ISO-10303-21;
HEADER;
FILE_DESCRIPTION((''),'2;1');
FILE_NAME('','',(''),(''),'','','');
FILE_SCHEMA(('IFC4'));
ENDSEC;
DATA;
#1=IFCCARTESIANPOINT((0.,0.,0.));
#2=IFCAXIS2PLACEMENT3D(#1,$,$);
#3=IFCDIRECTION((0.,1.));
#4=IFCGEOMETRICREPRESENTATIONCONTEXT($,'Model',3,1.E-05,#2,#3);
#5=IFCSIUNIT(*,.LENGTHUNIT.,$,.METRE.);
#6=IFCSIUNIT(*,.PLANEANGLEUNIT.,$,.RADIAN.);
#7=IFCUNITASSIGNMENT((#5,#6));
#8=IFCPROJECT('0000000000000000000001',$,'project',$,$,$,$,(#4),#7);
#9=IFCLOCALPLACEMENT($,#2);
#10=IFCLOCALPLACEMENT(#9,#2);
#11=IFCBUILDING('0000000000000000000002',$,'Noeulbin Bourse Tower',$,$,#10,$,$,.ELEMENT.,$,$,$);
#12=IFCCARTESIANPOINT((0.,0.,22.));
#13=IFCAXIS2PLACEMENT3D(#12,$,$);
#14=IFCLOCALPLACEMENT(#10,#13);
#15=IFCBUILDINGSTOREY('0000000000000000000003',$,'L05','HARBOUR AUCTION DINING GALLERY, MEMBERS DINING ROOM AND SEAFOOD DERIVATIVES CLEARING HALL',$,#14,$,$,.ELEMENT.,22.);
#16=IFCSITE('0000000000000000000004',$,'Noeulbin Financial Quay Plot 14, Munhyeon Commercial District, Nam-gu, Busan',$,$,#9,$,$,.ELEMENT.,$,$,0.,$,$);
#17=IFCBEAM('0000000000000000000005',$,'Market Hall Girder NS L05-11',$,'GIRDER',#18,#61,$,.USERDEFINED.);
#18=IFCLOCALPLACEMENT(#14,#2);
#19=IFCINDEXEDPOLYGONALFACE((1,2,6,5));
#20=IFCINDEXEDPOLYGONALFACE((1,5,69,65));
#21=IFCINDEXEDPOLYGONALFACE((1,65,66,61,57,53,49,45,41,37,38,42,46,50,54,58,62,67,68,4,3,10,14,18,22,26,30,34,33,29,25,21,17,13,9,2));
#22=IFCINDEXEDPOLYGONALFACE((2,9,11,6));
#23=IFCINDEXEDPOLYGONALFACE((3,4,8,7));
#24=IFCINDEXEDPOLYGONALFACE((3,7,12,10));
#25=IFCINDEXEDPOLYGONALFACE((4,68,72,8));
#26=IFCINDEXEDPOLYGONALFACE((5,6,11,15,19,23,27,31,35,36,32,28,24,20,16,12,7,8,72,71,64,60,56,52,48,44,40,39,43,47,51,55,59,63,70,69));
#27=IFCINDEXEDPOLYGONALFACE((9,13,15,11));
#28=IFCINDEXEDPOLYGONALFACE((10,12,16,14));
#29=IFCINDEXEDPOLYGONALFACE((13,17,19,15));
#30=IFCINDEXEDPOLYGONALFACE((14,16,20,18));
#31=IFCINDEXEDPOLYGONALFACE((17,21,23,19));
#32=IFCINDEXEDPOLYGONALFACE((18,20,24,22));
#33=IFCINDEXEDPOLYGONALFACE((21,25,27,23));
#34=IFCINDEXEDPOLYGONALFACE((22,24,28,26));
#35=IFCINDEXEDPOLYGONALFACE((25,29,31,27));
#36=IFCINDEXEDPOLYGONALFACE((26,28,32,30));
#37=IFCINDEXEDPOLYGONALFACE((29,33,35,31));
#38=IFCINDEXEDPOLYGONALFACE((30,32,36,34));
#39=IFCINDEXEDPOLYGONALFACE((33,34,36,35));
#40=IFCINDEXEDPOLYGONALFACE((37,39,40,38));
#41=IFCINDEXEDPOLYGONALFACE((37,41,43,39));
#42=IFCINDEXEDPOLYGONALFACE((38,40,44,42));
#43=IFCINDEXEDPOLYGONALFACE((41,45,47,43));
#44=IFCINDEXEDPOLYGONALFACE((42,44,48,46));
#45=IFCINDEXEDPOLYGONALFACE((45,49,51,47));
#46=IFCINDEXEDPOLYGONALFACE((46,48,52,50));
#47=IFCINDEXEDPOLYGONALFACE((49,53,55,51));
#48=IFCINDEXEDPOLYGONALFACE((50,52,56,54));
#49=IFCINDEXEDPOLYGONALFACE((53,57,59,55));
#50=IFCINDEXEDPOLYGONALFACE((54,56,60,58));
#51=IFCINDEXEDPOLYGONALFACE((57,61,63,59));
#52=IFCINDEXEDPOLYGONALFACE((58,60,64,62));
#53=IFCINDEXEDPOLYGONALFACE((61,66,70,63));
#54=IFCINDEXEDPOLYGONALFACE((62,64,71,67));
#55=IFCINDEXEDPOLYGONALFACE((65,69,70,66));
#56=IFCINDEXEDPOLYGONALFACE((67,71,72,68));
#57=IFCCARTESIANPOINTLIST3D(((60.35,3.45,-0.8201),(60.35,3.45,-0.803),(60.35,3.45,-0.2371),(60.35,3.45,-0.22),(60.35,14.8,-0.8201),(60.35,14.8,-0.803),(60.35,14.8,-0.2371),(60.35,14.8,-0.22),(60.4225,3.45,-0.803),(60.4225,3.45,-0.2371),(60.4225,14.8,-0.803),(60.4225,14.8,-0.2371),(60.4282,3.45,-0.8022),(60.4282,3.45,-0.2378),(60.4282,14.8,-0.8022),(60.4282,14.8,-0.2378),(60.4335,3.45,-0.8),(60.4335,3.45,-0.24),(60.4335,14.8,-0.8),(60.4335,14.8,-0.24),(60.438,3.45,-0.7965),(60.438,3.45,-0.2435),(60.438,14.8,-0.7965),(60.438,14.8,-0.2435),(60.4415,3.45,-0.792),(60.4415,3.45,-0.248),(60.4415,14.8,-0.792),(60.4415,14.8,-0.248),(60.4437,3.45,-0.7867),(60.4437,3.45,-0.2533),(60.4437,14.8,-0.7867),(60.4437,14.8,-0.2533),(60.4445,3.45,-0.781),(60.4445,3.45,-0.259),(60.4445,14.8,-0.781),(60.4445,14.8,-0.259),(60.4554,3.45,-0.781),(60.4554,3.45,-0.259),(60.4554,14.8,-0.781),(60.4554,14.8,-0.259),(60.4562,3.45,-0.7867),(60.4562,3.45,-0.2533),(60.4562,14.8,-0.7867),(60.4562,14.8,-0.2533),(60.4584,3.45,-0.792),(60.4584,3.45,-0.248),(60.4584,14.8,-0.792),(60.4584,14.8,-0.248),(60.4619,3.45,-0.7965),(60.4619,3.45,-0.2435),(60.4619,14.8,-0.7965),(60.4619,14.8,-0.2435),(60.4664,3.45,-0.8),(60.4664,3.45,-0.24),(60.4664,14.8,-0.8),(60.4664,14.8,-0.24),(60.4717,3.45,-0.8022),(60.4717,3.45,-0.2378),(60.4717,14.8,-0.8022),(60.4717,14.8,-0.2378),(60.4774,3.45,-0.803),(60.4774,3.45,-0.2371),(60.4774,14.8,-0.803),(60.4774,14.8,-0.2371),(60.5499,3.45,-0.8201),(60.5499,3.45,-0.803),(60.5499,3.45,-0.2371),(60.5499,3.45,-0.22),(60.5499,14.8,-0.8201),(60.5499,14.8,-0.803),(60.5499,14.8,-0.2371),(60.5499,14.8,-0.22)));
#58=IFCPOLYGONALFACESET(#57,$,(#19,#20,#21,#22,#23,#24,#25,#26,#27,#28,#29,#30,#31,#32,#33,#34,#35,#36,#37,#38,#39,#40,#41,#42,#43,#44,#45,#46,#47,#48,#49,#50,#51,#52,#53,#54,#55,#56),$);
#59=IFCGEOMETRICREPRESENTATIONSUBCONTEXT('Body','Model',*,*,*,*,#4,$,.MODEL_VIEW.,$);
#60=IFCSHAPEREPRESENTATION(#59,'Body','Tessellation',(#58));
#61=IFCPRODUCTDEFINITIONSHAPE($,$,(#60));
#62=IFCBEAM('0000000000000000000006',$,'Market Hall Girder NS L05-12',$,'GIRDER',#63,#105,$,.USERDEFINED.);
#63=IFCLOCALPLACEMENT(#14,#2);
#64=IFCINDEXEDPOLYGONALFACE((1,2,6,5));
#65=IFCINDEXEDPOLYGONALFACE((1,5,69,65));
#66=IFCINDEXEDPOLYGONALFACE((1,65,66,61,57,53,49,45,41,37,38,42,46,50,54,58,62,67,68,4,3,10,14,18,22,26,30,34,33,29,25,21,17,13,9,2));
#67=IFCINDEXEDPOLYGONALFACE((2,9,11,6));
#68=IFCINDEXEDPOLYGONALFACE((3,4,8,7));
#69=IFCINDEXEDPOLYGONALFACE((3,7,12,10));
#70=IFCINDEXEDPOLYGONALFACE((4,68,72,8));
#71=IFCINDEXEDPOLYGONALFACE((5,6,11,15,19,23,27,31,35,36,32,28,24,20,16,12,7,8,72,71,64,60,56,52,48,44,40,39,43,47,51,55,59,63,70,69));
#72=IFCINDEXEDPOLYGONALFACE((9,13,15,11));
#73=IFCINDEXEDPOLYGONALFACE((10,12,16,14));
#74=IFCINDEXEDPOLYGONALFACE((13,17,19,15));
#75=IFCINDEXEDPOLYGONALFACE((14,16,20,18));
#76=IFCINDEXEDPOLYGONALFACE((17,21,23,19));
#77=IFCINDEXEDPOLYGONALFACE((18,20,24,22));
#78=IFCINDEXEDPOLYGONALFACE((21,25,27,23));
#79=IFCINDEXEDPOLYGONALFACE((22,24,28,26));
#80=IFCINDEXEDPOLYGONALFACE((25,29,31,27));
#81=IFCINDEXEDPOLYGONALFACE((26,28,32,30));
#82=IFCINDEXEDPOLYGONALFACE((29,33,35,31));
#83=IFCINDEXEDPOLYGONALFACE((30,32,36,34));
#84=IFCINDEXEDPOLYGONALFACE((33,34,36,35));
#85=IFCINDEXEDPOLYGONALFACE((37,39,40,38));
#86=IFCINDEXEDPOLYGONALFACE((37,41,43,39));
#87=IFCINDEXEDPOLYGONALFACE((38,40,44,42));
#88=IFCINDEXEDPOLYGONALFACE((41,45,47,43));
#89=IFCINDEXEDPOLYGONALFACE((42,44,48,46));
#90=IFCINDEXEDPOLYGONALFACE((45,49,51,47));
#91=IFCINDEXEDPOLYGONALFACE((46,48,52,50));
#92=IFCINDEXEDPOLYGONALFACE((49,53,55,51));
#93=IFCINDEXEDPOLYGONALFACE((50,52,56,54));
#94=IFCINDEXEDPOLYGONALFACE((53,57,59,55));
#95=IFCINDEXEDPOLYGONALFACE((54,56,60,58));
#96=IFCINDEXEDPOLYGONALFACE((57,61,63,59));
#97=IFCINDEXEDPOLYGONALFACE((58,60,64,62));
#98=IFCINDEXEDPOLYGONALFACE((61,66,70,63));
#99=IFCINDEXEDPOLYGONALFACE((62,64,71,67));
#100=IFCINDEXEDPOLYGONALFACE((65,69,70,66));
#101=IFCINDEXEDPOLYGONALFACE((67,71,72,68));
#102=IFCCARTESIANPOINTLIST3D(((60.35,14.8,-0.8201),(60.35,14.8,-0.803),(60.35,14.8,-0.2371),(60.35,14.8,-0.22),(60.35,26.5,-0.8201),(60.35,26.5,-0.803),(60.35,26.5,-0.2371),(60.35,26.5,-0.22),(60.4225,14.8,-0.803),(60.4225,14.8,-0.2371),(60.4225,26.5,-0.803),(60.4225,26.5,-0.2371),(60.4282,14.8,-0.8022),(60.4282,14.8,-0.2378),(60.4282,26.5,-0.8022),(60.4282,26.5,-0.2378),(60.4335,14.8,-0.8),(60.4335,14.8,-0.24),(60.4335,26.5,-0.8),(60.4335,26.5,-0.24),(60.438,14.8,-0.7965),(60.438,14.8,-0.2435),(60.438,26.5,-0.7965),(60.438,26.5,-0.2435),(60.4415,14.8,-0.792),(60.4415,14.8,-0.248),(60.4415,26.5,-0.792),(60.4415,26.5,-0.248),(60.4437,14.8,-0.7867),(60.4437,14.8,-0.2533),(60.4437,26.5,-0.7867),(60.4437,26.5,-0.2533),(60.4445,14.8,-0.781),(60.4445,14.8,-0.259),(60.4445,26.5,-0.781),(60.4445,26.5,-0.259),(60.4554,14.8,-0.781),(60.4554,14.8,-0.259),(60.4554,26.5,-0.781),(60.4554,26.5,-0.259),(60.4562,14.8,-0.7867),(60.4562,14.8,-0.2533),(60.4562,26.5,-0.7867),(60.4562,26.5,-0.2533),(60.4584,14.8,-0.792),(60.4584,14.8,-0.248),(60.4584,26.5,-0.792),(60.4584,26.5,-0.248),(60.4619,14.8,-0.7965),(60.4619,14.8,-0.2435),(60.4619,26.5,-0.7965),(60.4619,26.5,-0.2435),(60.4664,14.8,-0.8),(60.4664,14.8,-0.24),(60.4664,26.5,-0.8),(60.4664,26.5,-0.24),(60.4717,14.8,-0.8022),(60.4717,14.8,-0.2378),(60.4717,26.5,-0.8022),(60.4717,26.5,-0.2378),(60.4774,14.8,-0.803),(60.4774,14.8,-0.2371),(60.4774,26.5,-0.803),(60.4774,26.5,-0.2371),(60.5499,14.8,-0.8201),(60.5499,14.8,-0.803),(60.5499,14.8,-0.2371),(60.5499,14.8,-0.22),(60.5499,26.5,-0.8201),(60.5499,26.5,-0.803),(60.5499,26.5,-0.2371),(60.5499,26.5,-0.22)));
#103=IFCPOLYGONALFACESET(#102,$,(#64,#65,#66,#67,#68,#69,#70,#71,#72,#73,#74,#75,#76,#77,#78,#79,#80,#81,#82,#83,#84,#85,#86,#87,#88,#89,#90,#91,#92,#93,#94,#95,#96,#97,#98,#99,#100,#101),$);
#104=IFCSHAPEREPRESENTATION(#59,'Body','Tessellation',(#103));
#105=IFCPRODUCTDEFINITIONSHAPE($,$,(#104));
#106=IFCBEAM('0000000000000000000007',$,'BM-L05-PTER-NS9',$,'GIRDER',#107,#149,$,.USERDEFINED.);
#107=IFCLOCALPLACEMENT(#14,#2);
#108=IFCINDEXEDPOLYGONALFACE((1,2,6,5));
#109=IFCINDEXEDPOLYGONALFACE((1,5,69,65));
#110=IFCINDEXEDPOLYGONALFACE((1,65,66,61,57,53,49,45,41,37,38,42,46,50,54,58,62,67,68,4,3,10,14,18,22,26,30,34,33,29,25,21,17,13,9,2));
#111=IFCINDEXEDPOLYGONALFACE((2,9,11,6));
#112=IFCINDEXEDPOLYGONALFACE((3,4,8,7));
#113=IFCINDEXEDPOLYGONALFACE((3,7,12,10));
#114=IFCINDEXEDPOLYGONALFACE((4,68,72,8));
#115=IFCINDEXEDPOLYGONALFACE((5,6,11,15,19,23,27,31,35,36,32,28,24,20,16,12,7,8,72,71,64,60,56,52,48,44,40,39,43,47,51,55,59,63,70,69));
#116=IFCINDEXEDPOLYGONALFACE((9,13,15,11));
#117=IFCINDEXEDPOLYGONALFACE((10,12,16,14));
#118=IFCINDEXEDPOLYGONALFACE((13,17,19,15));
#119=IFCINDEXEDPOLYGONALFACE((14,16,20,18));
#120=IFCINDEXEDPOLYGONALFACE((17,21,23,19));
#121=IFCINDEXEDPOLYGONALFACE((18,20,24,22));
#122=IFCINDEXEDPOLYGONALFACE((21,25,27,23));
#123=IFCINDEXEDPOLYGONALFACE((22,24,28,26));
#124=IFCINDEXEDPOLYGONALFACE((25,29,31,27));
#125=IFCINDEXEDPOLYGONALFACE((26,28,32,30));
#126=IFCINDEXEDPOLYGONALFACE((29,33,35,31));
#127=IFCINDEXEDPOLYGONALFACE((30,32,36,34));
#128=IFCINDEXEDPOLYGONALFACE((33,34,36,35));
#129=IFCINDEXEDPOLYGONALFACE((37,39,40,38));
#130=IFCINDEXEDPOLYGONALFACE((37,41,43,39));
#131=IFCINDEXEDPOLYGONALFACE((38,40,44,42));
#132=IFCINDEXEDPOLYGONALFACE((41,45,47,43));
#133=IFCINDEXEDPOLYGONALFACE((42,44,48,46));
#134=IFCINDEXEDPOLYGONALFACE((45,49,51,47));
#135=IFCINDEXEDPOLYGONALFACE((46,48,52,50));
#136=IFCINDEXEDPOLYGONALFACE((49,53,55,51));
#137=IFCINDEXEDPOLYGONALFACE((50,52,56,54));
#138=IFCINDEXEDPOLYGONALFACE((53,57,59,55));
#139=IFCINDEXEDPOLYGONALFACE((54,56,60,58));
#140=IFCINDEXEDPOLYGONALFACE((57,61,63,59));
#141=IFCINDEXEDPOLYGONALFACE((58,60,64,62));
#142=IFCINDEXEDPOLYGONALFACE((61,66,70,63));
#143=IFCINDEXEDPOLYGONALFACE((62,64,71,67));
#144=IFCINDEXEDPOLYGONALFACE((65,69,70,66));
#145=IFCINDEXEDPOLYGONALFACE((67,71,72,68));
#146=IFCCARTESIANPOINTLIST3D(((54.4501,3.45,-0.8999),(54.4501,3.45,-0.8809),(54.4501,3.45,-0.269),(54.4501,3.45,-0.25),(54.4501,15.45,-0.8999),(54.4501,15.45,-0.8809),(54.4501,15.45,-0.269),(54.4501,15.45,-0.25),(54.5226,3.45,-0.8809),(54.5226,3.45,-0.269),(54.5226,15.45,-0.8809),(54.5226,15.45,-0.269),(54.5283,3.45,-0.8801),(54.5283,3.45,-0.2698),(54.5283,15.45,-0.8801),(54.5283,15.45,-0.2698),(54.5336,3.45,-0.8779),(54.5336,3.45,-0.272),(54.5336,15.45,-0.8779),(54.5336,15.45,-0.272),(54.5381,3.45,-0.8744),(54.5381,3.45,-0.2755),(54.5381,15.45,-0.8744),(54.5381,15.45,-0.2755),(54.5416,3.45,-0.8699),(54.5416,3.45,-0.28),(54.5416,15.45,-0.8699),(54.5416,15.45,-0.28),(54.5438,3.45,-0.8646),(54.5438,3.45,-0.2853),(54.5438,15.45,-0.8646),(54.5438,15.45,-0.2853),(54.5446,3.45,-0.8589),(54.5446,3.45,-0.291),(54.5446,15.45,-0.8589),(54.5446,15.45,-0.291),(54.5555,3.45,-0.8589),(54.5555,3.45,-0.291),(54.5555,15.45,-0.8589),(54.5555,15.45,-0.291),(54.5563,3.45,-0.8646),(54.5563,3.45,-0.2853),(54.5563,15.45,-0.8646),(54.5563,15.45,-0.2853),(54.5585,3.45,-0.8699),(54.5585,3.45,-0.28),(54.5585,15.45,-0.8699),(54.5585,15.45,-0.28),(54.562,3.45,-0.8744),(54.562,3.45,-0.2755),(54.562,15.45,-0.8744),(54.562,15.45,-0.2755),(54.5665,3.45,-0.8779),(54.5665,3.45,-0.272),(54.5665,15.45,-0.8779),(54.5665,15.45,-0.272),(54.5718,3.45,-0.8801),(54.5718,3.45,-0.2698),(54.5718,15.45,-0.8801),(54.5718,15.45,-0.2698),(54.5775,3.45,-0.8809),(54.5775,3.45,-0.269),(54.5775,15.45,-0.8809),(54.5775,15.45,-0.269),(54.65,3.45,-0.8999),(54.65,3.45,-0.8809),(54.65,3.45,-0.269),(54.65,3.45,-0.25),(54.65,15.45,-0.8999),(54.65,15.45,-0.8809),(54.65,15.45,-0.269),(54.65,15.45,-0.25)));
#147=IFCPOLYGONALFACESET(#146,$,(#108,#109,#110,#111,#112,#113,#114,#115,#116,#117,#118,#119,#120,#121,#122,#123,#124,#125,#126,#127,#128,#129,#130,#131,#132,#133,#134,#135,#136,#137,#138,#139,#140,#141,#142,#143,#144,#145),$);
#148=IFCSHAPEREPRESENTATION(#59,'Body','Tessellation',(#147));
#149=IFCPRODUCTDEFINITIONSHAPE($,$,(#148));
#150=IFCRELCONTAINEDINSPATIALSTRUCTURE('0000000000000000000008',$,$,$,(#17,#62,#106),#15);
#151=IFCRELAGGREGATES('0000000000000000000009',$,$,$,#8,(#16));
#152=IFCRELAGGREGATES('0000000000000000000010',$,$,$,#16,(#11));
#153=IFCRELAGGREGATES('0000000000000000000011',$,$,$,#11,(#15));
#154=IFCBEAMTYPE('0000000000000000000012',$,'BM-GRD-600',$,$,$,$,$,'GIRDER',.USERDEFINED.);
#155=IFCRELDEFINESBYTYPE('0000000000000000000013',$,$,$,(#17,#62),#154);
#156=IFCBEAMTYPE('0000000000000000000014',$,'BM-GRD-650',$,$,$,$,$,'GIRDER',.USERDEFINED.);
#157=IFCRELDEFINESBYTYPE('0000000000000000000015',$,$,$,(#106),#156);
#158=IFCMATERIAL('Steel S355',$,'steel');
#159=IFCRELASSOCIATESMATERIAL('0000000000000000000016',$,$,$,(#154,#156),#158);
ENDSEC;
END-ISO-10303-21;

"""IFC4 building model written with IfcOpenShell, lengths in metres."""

from ifc_helpers import new_model, si_unit, direction, frame, origin, origin_2d, place, context, subcontext, project, spatial, i_section, extrude, material, material_profile, profile_set, type_object, element, save


model = new_model("IFC4")

# Units and contexts
model_context = context("Model", 3, precision=1e-05, world=origin(), true_north=direction((0.0, 1.0)))
body_context = subcontext(model_context, "Body", "Model", "MODEL_VIEW")
ifc_project = project(units=[si_unit("LENGTHUNIT", "METRE"), si_unit("PLANEANGLEUNIT", "RADIAN")], contexts=[model_context])

# Site, building, storey
site_placement = place(None, origin())
site = spatial("IfcSite", under=ifc_project, at=site_placement, Name="Noeulbin Financial Quay Plot 14, Munhyeon Commercial District, Nam-gu, Busan", CompositionType="ELEMENT", RefElevation=0.0)
building_placement = place(site_placement, origin())
building = spatial("IfcBuilding", under=site, at=building_placement, Name="Noeulbin Bourse Tower", CompositionType="ELEMENT")
storey_placement = place(building_placement, frame((0.0, 0.0, 22.0)))
storey = spatial("IfcBuildingStorey", under=building, at=storey_placement, Name="L05", Description="HARBOUR AUCTION DINING GALLERY, MEMBERS DINING ROOM AND SEAFOOD DERIVATIVES CLEARING HALL", CompositionType="ELEMENT", Elevation=22.0)

# Shared definitions
ifc_material_1 = material(Name="Steel S355", Category="steel")

# Beams
ifc_material_profile_1 = material_profile(ifc_material_1, i_section(OverallWidth=0.2, OverallDepth=0.6001, WebThickness=0.011, FlangeThickness=0.0171, FilletRadius=0.022, at=origin_2d()), Name="H-600x200x11x17", Category="LoadBearing")
ifc_profile_set_1 = profile_set([ifc_material_profile_1], Name="Steel S355")
beam_type_1 = type_object("IfcBeamType", Name="BM-GRD-600", ElementType="GIRDER", PredefinedType="USERDEFINED", material=ifc_profile_set_1)
beam_1_placement = place(storey_placement, frame((60.45, 3.45, -0.52), z_axis=(0.0, 1.0, 0.0), x_axis=(-1.0, 0.0, 0.0)))
element("IfcBeam", 1, at=beam_1_placement, inside=storey, type_object=beam_type_1, Name="Market Hall Girder NS L05-11", ObjectType="GIRDER", PredefinedType="USERDEFINED", context=body_context, shape_type="SweptSolid", body=[
    extrude(i_section(OverallWidth=0.2, OverallDepth=0.6001, WebThickness=0.011, FlangeThickness=0.0171, FilletRadius=0.022, at=origin_2d()), origin(), (0.0, 0.0, 1.0), 11.3501),
])
beam_2_placement = place(storey_placement, frame((60.45, 14.8, -0.52), z_axis=(0.0, 1.0, 0.0), x_axis=(-1.0, 0.0, 0.0)))
element("IfcBeam", 2, at=beam_2_placement, inside=storey, type_object=beam_type_1, Name="Market Hall Girder NS L05-12", ObjectType="GIRDER", PredefinedType="USERDEFINED", context=body_context, shape_type="SweptSolid", body=[
    extrude(i_section(OverallWidth=0.2, OverallDepth=0.6001, WebThickness=0.011, FlangeThickness=0.0171, FilletRadius=0.022, at=origin_2d()), origin(), (0.0, 0.0, 1.0), 11.7),
])
ifc_material_profile_2 = material_profile(ifc_material_1, i_section(OverallWidth=0.2, OverallDepth=0.6499, WebThickness=0.011, FlangeThickness=0.019, FilletRadius=0.022, at=origin_2d()), Name="H-650x200x11x19", Category="LoadBearing")
ifc_profile_set_2 = profile_set([ifc_material_profile_2], Name="Steel S355")
beam_type_2 = type_object("IfcBeamType", Name="BM-GRD-650", ElementType="GIRDER", PredefinedType="USERDEFINED", material=ifc_profile_set_2)
beam_3_placement = place(storey_placement, frame((54.55, 3.45, -0.575), z_axis=(0.0, 1.0, 0.0), x_axis=(-1.0, 0.0, 0.0)))
element("IfcBeam", 3, at=beam_3_placement, inside=storey, type_object=beam_type_2, Name="BM-L05-PTER-NS9", ObjectType="GIRDER", PredefinedType="USERDEFINED", context=body_context, shape_type="SweptSolid", body=[
    extrude(i_section(OverallWidth=0.2, OverallDepth=0.6499, WebThickness=0.011, FlangeThickness=0.019, FilletRadius=0.022, at=origin_2d()), origin(), (0.0, 0.0, 1.0), 12.0),
])

save(model, "model.ifc")
